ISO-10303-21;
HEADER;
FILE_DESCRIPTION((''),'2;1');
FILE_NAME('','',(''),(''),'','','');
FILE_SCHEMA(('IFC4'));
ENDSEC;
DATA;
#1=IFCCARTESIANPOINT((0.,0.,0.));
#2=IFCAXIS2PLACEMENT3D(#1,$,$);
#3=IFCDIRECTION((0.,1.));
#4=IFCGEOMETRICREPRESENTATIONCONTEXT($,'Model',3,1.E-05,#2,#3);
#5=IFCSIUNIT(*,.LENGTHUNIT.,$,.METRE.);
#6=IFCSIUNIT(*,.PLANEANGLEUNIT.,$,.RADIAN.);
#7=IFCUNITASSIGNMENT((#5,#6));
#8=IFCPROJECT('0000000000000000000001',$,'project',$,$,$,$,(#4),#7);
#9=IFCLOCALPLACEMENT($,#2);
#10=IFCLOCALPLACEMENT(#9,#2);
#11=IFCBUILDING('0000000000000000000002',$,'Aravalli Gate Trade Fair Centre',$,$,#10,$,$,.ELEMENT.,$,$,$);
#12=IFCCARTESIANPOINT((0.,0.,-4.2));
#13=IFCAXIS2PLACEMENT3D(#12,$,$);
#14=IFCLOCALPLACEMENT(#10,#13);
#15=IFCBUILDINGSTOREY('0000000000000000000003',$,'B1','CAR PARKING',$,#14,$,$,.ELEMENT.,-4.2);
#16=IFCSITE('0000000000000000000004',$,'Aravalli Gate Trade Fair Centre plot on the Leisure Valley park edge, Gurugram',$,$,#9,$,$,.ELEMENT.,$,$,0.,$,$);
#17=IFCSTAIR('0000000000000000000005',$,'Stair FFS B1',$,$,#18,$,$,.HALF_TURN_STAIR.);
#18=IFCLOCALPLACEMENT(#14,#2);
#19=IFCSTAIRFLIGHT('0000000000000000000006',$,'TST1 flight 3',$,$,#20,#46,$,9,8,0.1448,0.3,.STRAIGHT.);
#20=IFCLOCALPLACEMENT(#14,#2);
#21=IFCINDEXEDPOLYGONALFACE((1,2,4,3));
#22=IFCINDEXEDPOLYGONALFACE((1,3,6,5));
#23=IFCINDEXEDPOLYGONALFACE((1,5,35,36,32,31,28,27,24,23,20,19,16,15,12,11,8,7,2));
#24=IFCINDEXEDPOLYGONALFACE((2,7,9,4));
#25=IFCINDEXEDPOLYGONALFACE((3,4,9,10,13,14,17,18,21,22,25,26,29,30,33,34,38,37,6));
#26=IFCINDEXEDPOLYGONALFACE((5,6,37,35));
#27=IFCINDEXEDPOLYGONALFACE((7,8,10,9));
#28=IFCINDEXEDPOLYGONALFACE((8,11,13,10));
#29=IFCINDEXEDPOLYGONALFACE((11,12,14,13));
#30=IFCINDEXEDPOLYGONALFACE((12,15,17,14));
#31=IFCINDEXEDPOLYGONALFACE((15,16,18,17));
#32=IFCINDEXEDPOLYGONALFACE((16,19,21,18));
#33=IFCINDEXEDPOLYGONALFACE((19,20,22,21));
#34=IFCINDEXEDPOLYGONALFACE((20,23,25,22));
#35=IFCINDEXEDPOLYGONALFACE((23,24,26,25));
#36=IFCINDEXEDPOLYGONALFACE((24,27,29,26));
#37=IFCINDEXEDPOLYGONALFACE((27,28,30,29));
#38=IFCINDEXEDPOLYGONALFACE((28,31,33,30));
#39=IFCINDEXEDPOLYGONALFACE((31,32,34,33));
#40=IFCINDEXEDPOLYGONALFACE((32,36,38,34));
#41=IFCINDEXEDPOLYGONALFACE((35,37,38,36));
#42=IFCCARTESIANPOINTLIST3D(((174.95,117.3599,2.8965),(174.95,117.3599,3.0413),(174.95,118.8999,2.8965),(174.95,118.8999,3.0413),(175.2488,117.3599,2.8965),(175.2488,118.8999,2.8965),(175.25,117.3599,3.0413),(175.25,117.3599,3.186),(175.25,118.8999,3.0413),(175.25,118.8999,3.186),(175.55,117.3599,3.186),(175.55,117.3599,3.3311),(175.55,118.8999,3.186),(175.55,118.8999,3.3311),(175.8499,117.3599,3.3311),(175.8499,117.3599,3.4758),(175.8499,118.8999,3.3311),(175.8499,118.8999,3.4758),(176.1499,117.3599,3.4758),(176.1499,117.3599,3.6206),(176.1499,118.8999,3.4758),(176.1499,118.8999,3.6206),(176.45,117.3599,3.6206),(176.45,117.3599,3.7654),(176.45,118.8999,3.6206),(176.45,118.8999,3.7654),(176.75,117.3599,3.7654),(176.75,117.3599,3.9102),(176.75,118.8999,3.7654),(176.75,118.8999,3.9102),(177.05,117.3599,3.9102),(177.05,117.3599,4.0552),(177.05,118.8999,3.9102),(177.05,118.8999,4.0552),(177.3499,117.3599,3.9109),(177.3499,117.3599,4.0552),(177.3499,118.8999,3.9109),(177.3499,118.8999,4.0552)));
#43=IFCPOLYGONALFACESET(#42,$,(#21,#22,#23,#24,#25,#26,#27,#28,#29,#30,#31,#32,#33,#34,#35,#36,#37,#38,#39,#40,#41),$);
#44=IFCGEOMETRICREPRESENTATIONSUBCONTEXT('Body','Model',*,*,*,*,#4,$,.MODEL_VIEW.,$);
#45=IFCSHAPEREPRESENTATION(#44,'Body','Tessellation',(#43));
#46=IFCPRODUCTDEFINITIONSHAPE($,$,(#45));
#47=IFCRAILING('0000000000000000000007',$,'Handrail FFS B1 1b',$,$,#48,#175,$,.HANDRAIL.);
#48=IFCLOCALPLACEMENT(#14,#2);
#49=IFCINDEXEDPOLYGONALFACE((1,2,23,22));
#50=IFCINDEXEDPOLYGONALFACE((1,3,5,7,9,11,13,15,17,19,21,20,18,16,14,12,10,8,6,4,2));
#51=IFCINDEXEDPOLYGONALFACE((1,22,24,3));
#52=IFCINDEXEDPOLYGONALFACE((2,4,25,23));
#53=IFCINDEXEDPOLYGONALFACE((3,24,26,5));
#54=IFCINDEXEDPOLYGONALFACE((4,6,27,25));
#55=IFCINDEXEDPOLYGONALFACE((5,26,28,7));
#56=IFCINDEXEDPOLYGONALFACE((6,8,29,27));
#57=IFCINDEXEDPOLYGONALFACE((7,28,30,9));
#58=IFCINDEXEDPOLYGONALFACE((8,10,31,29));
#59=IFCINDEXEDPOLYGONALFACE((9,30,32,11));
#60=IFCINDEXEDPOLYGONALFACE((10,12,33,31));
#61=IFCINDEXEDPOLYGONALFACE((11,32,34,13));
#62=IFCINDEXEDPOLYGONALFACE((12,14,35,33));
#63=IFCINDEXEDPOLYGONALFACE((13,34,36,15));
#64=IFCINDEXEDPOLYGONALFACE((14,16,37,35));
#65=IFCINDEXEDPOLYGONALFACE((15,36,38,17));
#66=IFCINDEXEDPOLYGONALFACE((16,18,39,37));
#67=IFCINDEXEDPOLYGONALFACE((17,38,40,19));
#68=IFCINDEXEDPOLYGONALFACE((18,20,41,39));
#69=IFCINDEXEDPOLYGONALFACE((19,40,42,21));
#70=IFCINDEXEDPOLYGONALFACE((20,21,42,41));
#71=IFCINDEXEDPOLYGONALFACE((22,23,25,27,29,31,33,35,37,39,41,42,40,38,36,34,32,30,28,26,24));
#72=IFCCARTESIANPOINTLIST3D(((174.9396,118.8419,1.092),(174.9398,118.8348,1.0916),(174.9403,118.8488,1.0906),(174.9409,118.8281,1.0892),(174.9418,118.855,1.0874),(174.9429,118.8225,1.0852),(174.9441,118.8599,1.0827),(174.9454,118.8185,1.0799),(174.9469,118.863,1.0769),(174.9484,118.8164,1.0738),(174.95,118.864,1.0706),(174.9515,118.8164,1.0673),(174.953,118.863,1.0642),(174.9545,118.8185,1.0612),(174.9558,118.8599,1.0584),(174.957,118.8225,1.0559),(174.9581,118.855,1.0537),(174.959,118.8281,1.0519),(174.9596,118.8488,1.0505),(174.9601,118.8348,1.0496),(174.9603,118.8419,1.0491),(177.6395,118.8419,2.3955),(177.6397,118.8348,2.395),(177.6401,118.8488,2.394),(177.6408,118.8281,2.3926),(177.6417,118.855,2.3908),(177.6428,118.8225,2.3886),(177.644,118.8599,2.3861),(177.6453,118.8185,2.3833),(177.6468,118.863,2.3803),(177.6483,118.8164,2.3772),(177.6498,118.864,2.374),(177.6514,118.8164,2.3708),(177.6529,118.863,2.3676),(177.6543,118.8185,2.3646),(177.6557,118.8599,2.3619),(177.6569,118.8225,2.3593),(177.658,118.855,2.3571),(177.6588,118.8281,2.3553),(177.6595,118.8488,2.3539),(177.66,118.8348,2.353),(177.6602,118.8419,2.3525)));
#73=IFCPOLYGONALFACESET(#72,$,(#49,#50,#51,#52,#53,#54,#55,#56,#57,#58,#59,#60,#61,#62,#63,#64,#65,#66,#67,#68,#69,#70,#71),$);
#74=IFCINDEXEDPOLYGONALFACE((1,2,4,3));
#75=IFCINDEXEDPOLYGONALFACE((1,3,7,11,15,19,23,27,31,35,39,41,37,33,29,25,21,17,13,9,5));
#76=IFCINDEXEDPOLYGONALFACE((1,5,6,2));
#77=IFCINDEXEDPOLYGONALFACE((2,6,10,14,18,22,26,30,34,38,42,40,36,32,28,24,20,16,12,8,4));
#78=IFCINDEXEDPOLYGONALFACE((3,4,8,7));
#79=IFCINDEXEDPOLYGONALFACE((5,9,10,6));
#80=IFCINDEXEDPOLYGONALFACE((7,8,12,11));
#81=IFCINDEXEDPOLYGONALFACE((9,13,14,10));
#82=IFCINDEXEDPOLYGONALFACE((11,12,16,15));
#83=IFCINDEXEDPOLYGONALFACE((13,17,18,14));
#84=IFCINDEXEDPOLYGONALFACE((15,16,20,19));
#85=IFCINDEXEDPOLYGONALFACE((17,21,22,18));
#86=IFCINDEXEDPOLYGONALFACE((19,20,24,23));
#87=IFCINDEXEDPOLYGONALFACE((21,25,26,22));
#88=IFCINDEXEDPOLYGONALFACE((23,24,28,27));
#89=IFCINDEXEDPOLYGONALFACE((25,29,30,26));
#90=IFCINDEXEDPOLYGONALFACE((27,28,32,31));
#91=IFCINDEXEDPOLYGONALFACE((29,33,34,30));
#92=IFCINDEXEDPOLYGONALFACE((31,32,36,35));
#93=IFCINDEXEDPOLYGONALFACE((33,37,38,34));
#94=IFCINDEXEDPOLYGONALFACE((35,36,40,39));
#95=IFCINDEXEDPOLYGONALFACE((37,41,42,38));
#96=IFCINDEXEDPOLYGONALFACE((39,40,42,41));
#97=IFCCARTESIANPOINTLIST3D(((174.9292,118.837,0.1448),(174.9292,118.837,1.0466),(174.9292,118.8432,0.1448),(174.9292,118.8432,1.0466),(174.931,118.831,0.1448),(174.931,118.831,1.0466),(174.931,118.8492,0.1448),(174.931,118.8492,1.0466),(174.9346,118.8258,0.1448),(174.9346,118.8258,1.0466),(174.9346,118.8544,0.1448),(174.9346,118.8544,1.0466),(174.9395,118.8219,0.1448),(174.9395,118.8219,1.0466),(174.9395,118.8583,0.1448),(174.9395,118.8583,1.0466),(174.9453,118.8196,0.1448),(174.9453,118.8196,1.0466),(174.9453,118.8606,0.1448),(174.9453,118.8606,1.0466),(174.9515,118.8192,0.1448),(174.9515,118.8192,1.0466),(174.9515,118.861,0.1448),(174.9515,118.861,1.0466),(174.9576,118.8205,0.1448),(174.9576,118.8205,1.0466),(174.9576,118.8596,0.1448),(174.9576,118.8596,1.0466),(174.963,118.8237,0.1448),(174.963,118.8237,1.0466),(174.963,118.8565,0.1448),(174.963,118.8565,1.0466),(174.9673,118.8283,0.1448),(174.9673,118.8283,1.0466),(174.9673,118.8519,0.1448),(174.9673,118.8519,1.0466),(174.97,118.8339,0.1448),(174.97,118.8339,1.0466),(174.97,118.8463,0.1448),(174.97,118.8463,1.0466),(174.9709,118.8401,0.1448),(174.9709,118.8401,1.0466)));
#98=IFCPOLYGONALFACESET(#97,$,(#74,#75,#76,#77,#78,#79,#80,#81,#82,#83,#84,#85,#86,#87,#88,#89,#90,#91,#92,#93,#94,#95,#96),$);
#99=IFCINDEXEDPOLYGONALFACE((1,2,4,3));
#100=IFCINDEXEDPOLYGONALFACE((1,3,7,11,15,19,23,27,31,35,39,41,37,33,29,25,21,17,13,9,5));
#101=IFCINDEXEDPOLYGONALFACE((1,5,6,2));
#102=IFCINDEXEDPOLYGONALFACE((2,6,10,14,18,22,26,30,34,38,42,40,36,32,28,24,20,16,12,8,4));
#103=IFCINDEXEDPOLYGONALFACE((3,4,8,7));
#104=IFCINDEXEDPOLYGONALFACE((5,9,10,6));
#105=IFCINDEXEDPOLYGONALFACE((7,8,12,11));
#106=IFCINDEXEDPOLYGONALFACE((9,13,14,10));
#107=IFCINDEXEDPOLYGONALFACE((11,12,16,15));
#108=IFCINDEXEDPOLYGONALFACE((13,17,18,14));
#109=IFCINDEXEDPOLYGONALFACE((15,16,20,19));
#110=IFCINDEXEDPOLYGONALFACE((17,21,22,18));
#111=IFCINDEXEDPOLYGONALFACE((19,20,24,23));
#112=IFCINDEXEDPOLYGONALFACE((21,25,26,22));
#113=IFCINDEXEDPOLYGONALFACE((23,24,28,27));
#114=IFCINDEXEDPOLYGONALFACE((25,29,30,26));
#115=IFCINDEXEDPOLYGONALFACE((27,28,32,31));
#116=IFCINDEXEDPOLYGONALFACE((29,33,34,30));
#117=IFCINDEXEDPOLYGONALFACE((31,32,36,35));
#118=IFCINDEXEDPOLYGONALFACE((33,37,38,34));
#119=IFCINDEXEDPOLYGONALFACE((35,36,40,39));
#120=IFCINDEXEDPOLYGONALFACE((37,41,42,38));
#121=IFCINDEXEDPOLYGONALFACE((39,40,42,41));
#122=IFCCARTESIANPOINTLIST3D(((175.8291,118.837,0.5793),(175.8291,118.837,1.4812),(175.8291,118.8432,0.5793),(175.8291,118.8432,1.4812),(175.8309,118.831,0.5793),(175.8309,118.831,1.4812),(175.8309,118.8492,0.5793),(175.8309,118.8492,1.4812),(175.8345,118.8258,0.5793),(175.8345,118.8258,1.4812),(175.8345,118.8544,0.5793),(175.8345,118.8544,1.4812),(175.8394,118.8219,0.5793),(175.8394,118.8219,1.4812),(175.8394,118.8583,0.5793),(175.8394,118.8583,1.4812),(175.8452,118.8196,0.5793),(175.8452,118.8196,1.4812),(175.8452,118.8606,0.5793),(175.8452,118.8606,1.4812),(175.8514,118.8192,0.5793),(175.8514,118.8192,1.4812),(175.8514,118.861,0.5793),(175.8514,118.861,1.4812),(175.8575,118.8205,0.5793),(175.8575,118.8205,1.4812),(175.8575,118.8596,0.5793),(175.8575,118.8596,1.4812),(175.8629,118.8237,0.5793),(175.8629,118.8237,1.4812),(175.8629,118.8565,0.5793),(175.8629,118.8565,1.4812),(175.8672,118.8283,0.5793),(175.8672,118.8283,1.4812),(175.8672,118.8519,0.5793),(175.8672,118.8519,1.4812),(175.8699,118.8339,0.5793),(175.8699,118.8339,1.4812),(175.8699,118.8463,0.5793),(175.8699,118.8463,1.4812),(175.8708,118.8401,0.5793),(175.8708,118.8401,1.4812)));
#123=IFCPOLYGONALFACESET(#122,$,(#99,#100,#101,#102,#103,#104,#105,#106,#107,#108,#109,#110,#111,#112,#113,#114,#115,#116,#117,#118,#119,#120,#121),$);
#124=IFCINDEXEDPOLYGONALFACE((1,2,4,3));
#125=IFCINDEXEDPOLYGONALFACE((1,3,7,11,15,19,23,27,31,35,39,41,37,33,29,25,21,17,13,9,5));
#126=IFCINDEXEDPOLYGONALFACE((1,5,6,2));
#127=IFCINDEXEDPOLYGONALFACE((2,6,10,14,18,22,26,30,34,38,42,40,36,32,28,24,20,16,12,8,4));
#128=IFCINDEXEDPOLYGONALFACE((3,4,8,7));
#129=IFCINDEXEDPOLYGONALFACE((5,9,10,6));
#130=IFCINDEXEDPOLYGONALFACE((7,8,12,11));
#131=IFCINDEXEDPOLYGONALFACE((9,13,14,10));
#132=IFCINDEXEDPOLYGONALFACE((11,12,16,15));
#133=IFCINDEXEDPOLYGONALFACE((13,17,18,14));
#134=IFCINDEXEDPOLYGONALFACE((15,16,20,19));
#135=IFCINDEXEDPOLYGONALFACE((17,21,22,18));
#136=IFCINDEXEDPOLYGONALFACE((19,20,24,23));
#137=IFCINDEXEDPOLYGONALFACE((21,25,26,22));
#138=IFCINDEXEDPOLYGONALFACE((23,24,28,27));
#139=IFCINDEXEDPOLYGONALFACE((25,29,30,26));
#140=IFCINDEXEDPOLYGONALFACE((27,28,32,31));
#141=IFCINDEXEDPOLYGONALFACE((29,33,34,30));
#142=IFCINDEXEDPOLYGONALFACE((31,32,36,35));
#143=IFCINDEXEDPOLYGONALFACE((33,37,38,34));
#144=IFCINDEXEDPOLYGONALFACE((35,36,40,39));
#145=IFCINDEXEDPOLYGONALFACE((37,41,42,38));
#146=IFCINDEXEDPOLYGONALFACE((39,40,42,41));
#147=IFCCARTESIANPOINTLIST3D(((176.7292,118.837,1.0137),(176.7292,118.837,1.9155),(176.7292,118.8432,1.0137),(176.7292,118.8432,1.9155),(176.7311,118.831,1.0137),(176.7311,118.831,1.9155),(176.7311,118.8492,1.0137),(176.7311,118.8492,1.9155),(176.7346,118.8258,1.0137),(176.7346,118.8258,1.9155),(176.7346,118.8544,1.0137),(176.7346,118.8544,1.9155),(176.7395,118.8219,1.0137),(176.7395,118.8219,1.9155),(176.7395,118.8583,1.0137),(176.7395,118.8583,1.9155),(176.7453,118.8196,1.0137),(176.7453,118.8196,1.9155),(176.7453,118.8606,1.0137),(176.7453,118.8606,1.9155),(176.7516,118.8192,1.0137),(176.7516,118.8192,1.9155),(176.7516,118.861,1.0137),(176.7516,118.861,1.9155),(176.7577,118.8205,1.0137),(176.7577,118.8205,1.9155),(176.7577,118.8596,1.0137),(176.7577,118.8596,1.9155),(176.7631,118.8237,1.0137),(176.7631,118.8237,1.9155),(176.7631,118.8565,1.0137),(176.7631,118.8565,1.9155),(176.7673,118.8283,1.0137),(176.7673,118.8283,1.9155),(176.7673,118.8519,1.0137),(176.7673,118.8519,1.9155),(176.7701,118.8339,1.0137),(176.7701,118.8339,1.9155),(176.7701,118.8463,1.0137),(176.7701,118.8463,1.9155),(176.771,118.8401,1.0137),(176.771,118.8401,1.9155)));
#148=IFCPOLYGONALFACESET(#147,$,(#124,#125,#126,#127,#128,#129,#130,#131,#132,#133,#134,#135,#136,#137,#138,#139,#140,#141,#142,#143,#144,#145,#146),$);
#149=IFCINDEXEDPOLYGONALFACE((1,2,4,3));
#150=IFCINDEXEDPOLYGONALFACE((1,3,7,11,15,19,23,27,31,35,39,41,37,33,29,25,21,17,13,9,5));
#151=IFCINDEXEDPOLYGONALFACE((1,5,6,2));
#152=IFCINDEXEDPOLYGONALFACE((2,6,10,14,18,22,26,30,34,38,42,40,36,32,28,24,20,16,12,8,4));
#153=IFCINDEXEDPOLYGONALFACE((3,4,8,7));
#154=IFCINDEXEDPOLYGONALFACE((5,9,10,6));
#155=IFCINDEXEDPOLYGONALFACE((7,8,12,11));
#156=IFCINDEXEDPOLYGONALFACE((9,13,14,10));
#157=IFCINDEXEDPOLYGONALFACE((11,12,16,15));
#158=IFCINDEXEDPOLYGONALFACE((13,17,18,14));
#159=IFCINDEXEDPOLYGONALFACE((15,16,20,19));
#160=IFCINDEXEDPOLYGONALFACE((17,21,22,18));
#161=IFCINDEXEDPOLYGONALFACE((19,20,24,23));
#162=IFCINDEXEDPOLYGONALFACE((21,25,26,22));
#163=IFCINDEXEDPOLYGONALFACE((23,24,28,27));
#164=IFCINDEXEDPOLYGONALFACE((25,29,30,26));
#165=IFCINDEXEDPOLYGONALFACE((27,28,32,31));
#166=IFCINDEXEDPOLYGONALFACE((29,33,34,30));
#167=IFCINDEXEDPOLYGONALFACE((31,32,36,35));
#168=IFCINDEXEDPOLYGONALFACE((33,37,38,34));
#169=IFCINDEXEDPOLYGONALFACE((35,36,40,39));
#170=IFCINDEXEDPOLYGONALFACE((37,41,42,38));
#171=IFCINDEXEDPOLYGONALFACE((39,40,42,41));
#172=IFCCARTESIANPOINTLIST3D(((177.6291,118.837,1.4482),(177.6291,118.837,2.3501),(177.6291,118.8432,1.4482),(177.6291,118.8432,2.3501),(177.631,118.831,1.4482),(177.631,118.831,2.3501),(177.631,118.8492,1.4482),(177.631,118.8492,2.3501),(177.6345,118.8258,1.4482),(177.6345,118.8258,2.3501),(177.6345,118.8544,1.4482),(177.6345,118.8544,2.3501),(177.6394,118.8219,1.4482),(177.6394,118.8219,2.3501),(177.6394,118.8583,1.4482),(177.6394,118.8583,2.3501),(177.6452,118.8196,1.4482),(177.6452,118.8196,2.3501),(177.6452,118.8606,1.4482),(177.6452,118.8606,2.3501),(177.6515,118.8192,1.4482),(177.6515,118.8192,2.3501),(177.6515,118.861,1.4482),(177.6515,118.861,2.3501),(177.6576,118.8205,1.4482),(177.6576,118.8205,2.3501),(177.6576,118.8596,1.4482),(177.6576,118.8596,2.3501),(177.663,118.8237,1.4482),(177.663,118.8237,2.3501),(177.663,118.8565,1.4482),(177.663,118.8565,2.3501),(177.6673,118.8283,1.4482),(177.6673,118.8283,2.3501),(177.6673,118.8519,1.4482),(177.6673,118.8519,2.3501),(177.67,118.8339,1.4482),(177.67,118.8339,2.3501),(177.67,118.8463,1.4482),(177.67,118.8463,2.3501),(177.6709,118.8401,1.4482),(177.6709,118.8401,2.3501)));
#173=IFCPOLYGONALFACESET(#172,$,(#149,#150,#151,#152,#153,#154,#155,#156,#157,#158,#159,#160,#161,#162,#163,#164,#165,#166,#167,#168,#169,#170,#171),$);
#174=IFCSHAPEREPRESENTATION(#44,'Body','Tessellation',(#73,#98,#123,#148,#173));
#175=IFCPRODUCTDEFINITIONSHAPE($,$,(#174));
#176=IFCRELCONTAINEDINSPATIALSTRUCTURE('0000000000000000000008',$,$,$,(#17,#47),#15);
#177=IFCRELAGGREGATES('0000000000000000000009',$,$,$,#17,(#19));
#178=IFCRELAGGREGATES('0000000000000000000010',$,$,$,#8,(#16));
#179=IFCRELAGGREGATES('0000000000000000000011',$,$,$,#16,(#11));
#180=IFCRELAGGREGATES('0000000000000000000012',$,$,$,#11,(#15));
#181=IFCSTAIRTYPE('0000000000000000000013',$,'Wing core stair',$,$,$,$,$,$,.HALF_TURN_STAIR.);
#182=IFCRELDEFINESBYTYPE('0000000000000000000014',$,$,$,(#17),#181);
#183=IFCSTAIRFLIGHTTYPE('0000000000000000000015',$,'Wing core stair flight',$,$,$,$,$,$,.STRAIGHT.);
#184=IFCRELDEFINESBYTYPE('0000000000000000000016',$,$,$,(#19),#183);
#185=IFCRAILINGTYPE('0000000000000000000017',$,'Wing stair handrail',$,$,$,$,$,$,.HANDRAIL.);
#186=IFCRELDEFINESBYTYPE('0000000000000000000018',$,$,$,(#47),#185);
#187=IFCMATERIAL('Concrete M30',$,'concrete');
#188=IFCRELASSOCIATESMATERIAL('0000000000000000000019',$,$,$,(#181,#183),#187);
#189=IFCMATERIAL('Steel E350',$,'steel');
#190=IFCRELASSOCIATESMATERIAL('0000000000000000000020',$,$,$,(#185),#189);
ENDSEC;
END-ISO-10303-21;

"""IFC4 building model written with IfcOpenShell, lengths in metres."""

from ifc_helpers import new_model, si_unit, direction, frame, origin, origin_2d, place, context, subcontext, project, spatial, polyline, circle, outline, extrude, material, type_object, element, aggregate, save


model = new_model("IFC4")

# Units and contexts
model_context = context("Model", 3, precision=1e-05, world=origin(), true_north=direction((0.0, 1.0)))
body_context = subcontext(model_context, "Body", "Model", "MODEL_VIEW")
ifc_project = project(units=[si_unit("LENGTHUNIT", "METRE"), si_unit("PLANEANGLEUNIT", "RADIAN")], contexts=[model_context])

# Site, building, storey
site_placement = place(None, origin())
site = spatial("IfcSite", under=ifc_project, at=site_placement, Name="Aravalli Gate Trade Fair Centre plot on the Leisure Valley park edge, Gurugram", CompositionType="ELEMENT", RefElevation=0.0)
building_placement = place(site_placement, origin())
building = spatial("IfcBuilding", under=site, at=building_placement, Name="Aravalli Gate Trade Fair Centre", CompositionType="ELEMENT")
storey_placement = place(building_placement, frame((0.0, 0.0, -4.2)))
storey = spatial("IfcBuildingStorey", under=building, at=storey_placement, Name="B1", Description="CAR PARKING", CompositionType="ELEMENT", Elevation=-4.2)

# Shared definitions
ifc_material_1 = material(Name="Steel E350", Category="steel")

# Shared definitions
ifc_material_2 = material(Name="Concrete M30", Category="concrete")

# Stair, stair flight
stair_type = type_object("IfcStairType", Name="Wing core stair", PredefinedType="HALF_TURN_STAIR", material=ifc_material_2)
stair_placement = place(storey_placement, origin())
stair = element("IfcStair", 1, at=stair_placement, inside=storey, type_object=stair_type, Name="Stair FFS B1", PredefinedType="HALF_TURN_STAIR")
stair_flight_type = type_object("IfcStairFlightType", Name="Wing core stair flight", PredefinedType="STRAIGHT", material=ifc_material_2)
stair_flight_1_placement = place(storey_placement, frame((174.95, 118.1299, 2.8965), z_axis=(0.0, 0.0, 1.0), x_axis=(1.0, 0.0, 0.0)))
stair_flight_1 = element("IfcStairFlight", 2, at=stair_flight_1_placement, type_object=stair_flight_type, Name="TST1 flight 3", NumberOfRisers=9, NumberOfTreads=8, PredefinedType="STRAIGHT", RiserHeight=0.1448, TreadLength=0.3, context=body_context, shape_type="SweptSolid", body=[
    extrude(outline(polyline([(0.0, 0.0), (0.0, 0.1448), (0.3, 0.1448), (0.3, 0.2896), (0.6001, 0.2896), (0.6001, 0.4346), (0.8999, 0.4346), (0.8999, 0.5793), (1.2, 0.5793), (1.2, 0.7241), (1.5, 0.7241), (1.5, 0.8689), (1.8, 0.8689), (1.8, 1.0137), (2.1001, 1.0137), (2.1001, 1.1587), (2.3999, 1.1587), (2.3999, 1.3035), (2.3999, 1.0144), (0.2988, 0.0), (0.0, 0.0)])), frame((0.0, 0.77, 0.0), z_axis=(0.0, -1.0, 0.0), x_axis=(1.0, 0.0, 0.0)), (0.0, 0.0, 1.0), 1.54),
])
aggregate(stair, [stair_flight_1])

# Railing
railing_type = type_object("IfcRailingType", Name="Wing stair handrail", PredefinedType="HANDRAIL", material=ifc_material_1)
railing_1_placement = place(storey_placement, frame((174.95, 118.8401, 0.1448)))
element("IfcRailing", 3, at=railing_1_placement, inside=storey, type_object=railing_type, Name="Handrail FFS B1 1b", PredefinedType="HANDRAIL", context=body_context, shape_type="SweptSolid", body=[
    extrude(circle(Radius=0.0239, at=origin_2d()), frame((0.0, 0.0, 0.9258), z_axis=(0.900546, 0.0, 0.43476), x_axis=(0.0, 1.0, 0.0)), (0.0, 0.0, 1.0), 2.998),
    extrude(circle(Radius=0.021, at=origin_2d()), origin(), (0.0, 0.0, 1.0), 0.9019),
    extrude(circle(Radius=0.021, at=origin_2d()), frame((0.8999, 0.0, 0.4346)), (0.0, 0.0, 1.0), 0.9019),
    extrude(circle(Radius=0.021, at=origin_2d()), frame((1.8, 0.0, 0.8689)), (0.0, 0.0, 1.0), 0.9019),
    extrude(circle(Radius=0.021, at=origin_2d()), frame((2.7, 0.0, 1.3035)), (0.0, 0.0, 1.0), 0.9019),
])

save(model, "model.ifc")
